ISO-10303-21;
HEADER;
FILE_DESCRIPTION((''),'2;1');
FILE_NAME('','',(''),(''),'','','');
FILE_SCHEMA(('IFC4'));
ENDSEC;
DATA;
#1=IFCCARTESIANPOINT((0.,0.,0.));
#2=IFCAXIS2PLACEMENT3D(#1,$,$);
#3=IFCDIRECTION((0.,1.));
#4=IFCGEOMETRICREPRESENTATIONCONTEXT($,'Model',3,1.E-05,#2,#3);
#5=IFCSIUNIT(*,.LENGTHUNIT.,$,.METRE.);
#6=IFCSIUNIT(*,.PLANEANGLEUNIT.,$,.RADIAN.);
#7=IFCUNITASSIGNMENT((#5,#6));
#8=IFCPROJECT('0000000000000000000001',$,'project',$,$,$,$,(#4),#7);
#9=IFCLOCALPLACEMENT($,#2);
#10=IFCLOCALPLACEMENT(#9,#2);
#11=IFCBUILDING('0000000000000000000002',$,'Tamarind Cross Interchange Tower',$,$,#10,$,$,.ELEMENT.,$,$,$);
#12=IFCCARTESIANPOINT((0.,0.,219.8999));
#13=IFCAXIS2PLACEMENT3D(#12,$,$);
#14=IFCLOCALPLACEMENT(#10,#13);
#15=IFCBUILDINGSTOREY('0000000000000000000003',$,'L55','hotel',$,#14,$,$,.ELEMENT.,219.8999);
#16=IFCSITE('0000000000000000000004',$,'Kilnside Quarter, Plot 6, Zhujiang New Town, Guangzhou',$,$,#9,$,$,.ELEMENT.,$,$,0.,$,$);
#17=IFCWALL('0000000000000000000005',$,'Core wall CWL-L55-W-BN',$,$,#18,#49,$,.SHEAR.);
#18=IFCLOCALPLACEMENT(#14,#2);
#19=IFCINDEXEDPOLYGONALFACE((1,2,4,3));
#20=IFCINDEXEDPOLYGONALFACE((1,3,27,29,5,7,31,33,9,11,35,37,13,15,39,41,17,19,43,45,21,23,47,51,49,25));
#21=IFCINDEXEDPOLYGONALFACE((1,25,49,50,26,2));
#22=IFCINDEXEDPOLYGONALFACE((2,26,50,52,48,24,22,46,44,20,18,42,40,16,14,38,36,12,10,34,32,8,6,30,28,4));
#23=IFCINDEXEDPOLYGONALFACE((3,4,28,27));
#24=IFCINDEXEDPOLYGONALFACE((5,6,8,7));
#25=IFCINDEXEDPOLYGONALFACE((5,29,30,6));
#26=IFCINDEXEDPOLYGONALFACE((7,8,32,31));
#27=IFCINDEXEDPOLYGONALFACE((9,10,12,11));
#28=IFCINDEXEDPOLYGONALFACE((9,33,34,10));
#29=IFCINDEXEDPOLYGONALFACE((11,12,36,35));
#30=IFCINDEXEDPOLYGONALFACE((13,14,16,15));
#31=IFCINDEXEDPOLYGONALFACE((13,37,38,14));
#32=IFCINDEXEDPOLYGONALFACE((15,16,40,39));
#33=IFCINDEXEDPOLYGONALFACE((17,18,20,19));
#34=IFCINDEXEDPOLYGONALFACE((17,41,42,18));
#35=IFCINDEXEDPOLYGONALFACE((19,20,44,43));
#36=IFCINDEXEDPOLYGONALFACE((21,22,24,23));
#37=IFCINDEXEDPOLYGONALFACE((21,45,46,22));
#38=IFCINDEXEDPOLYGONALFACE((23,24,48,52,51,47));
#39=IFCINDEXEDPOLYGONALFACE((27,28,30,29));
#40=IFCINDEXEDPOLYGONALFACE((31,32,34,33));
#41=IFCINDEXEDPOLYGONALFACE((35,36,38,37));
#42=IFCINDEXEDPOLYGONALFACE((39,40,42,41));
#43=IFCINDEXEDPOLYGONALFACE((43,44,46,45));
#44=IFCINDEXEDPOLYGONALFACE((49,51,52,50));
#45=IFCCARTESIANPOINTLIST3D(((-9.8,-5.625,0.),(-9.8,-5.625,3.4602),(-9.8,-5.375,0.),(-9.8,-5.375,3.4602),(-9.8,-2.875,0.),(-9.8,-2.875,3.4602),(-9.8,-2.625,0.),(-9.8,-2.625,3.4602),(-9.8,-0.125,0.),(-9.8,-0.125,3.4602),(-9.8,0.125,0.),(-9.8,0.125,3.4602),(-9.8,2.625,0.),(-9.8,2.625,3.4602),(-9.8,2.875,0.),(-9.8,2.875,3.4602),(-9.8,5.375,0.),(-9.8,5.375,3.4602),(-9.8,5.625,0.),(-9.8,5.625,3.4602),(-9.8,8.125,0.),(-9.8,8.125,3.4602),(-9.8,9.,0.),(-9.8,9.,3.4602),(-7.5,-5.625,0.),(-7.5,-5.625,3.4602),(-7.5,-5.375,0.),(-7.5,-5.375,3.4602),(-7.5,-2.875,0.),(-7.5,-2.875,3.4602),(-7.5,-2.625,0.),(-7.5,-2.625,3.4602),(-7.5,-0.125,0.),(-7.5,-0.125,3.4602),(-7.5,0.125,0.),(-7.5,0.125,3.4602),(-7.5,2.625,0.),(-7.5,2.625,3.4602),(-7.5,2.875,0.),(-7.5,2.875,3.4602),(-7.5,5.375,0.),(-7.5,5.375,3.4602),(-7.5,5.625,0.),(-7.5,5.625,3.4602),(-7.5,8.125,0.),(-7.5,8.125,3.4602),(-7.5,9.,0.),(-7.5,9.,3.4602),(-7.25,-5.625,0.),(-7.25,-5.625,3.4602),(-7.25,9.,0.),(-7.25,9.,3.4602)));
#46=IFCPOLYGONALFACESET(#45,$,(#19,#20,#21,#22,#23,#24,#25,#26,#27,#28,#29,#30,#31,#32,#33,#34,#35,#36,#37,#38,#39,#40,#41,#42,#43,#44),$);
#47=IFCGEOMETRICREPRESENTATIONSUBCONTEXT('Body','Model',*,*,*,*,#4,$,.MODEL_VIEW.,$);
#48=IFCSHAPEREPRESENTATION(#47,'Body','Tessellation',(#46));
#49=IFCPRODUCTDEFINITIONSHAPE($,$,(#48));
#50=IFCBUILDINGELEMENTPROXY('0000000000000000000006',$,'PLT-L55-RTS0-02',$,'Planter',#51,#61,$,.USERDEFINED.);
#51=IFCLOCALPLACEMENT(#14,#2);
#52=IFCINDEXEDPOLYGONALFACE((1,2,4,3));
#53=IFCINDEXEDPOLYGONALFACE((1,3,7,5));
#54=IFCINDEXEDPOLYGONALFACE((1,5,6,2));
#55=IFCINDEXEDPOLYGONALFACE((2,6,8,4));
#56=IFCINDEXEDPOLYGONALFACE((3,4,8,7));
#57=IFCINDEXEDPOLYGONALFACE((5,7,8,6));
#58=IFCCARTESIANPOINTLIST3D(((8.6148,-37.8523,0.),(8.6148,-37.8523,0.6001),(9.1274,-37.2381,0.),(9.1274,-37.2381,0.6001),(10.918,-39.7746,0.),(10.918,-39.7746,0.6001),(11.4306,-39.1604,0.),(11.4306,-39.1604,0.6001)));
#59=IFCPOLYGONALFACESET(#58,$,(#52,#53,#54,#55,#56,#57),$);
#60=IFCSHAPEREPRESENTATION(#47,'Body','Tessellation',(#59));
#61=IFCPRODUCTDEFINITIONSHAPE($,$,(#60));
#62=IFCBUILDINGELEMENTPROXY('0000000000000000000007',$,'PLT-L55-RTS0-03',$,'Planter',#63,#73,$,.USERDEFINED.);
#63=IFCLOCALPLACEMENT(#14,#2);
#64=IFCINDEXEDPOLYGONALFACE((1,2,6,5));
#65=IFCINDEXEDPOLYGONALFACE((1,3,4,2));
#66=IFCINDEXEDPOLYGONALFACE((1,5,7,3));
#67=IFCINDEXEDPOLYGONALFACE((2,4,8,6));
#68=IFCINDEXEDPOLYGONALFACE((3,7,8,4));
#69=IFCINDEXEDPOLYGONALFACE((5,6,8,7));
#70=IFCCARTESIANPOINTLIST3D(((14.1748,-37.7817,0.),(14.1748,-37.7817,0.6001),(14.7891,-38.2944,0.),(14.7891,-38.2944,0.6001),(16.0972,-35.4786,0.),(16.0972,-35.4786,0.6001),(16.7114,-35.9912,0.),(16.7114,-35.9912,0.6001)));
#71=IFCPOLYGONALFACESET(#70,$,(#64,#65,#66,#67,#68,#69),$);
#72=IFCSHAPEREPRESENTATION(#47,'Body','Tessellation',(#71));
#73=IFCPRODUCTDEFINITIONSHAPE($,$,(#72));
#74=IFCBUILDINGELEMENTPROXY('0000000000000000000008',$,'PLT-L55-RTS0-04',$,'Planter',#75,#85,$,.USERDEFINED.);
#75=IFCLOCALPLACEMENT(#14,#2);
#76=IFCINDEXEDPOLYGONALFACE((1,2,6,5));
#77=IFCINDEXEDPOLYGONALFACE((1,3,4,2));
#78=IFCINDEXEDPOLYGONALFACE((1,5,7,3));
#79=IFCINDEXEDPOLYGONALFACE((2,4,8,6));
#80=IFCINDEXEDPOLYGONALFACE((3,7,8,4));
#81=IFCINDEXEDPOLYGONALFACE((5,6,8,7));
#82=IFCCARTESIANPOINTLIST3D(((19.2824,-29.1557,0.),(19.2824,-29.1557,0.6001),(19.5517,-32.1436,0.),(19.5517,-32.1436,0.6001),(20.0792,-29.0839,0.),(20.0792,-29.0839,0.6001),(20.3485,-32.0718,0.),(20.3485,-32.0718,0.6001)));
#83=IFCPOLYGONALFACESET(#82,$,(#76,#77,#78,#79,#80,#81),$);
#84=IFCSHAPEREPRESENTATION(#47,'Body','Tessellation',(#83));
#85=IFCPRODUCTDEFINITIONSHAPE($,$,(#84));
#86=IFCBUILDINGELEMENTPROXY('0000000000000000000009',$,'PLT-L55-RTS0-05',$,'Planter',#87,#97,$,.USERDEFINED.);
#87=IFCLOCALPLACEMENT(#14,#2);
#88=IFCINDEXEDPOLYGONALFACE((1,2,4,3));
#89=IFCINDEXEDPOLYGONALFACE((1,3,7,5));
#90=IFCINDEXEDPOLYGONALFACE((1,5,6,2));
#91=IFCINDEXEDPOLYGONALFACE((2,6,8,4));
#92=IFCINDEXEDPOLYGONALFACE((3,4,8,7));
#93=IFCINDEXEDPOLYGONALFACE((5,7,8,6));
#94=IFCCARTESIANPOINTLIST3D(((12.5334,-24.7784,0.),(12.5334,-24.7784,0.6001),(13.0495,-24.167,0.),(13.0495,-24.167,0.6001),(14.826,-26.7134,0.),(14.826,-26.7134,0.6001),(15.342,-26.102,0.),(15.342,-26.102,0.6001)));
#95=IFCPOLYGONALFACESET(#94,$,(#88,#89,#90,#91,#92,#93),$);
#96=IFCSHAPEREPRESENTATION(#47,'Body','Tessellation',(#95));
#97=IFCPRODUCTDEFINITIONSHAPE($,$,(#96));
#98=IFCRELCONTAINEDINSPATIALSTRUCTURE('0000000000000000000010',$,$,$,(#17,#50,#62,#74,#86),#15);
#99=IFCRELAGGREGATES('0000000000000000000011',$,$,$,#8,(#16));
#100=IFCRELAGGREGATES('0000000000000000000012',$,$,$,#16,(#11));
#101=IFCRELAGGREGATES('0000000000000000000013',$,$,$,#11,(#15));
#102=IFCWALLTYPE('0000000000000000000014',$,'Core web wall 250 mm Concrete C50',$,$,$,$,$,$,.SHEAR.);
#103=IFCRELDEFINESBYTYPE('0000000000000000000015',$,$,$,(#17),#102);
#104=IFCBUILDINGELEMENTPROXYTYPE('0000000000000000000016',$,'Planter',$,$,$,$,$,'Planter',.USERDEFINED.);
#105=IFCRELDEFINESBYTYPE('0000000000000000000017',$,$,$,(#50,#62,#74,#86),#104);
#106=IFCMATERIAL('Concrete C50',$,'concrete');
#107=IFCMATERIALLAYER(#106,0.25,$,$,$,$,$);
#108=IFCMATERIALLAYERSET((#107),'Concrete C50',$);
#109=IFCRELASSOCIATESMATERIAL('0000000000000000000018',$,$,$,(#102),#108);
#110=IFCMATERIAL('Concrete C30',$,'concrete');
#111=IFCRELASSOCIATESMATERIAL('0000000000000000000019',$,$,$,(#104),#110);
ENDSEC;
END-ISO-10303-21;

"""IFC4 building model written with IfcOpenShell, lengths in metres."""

from ifc_helpers import new_model, si_unit, direction, frame, origin, origin_2d, place, context, subcontext, project, spatial, polyline, rectangle, outline, extrude, material, layer, layer_set, type_object, element, save


model = new_model("IFC4")

# Units and contexts
model_context = context("Model", 3, precision=1e-05, world=origin(), true_north=direction((0.0, 1.0)))
body_context = subcontext(model_context, "Body", "Model", "MODEL_VIEW")
ifc_project = project(units=[si_unit("LENGTHUNIT", "METRE"), si_unit("PLANEANGLEUNIT", "RADIAN")], contexts=[model_context])

# Site, building, storey
site_placement = place(None, origin())
site = spatial("IfcSite", under=ifc_project, at=site_placement, Name="Kilnside Quarter, Plot 6, Zhujiang New Town, Guangzhou", CompositionType="ELEMENT", RefElevation=0.0)
building_placement = place(site_placement, origin())
building = spatial("IfcBuilding", under=site, at=building_placement, Name="Tamarind Cross Interchange Tower", CompositionType="ELEMENT")
storey_placement = place(building_placement, frame((0.0, 0.0, 219.8999)))
storey = spatial("IfcBuildingStorey", under=building, at=storey_placement, Name="L55", Description="hotel", CompositionType="ELEMENT", Elevation=219.8999)

# Wall
ifc_material_1 = material(Name="Concrete C50", Category="concrete")
ifc_layer_1 = layer(ifc_material_1, 0.25)
ifc_layer_set_1 = layer_set([ifc_layer_1], Name="Concrete C50")
wall_type_1 = type_object("IfcWallType", Name="Core web wall 250 mm Concrete C50", PredefinedType="SHEAR", material=ifc_layer_set_1)
wall_1_placement = place(storey_placement, origin())
element("IfcWall", 1, at=wall_1_placement, inside=storey, type_object=wall_type_1, Name="Core wall CWL-L55-W-BN", PredefinedType="SHEAR", context=body_context, shape_type="SweptSolid", body=[
    extrude(outline(polyline([(-9.8, -5.375), (-9.8, -5.625), (-7.5, -5.625), (-7.25, -5.625), (-7.25, 9.0), (-7.5, 9.0), (-9.8, 9.0), (-9.8, 8.125), (-7.5, 8.125), (-7.5, 5.625), (-9.8, 5.625), (-9.8, 5.375), (-7.5, 5.375), (-7.5, 2.875), (-9.8, 2.875), (-9.8, 2.625), (-7.5, 2.625), (-7.5, 0.125), (-9.8, 0.125), (-9.8, -0.125), (-7.5, -0.125), (-7.5, -2.625), (-9.8, -2.625), (-9.8, -2.875), (-7.5, -2.875), (-7.5, -5.375), (-9.8, -5.375)])), origin(), (0.0, 0.0, 1.0), 3.4602),
])

# Building element proxies
ifc_material_2 = material(Name="Concrete C30", Category="concrete")
building_element_proxy_type = type_object("IfcBuildingElementProxyType", Name="Planter", ElementType="Planter", PredefinedType="USERDEFINED", material=ifc_material_2)
proxy_1_placement = place(storey_placement, origin())
element("IfcBuildingElementProxy", 2, at=proxy_1_placement, inside=storey, type_object=building_element_proxy_type, Name="PLT-L55-RTS0-02", ObjectType="Planter", PredefinedType="USERDEFINED", context=body_context, shape_type="SweptSolid", body=[
    extrude(rectangle(XDim=3.0, YDim=0.8, at=origin_2d()), frame((10.0227, -38.5063, 0.0), z_axis=(0.0, 0.0, 1.0), x_axis=(0.767729, -0.640775, 0.0)), (0.0, 0.0, 1.0), 0.6001),
])
proxy_2_placement = place(storey_placement, origin())
element("IfcBuildingElementProxy", 3, at=proxy_2_placement, inside=storey, type_object=building_element_proxy_type, Name="PLT-L55-RTS0-03", ObjectType="Planter", PredefinedType="USERDEFINED", context=body_context, shape_type="SweptSolid", body=[
    extrude(rectangle(XDim=3.0, YDim=0.8, at=origin_2d()), frame((15.4431, -36.8865, 0.0), z_axis=(0.0, 0.0, 1.0), x_axis=(0.640775, 0.767729, 0.0)), (0.0, 0.0, 1.0), 0.6001),
])
proxy_3_placement = place(storey_placement, origin())
element("IfcBuildingElementProxy", 4, at=proxy_3_placement, inside=storey, type_object=building_element_proxy_type, Name="PLT-L55-RTS0-04", ObjectType="Planter", PredefinedType="USERDEFINED", context=body_context, shape_type="SweptSolid", body=[
    extrude(rectangle(XDim=3.0, YDim=0.8, at=origin_2d()), frame((19.8154, -30.6138, 0.0), z_axis=(0.0, 0.0, 1.0), x_axis=(-0.08977, 0.995962, 0.0)), (0.0, 0.0, 1.0), 0.6001),
])
proxy_4_placement = place(storey_placement, origin())
element("IfcBuildingElementProxy", 5, at=proxy_4_placement, inside=storey, type_object=building_element_proxy_type, Name="PLT-L55-RTS0-05", ObjectType="Planter", PredefinedType="USERDEFINED", context=body_context, shape_type="SweptSolid", body=[
    extrude(rectangle(XDim=3.0, YDim=0.8, at=origin_2d()), frame((13.9377, -25.4402, 0.0), z_axis=(0.0, 0.0, 1.0), x_axis=(-0.764191, 0.644989, 0.0)), (0.0, 0.0, 1.0), 0.6001),
])

save(model, "model.ifc")
